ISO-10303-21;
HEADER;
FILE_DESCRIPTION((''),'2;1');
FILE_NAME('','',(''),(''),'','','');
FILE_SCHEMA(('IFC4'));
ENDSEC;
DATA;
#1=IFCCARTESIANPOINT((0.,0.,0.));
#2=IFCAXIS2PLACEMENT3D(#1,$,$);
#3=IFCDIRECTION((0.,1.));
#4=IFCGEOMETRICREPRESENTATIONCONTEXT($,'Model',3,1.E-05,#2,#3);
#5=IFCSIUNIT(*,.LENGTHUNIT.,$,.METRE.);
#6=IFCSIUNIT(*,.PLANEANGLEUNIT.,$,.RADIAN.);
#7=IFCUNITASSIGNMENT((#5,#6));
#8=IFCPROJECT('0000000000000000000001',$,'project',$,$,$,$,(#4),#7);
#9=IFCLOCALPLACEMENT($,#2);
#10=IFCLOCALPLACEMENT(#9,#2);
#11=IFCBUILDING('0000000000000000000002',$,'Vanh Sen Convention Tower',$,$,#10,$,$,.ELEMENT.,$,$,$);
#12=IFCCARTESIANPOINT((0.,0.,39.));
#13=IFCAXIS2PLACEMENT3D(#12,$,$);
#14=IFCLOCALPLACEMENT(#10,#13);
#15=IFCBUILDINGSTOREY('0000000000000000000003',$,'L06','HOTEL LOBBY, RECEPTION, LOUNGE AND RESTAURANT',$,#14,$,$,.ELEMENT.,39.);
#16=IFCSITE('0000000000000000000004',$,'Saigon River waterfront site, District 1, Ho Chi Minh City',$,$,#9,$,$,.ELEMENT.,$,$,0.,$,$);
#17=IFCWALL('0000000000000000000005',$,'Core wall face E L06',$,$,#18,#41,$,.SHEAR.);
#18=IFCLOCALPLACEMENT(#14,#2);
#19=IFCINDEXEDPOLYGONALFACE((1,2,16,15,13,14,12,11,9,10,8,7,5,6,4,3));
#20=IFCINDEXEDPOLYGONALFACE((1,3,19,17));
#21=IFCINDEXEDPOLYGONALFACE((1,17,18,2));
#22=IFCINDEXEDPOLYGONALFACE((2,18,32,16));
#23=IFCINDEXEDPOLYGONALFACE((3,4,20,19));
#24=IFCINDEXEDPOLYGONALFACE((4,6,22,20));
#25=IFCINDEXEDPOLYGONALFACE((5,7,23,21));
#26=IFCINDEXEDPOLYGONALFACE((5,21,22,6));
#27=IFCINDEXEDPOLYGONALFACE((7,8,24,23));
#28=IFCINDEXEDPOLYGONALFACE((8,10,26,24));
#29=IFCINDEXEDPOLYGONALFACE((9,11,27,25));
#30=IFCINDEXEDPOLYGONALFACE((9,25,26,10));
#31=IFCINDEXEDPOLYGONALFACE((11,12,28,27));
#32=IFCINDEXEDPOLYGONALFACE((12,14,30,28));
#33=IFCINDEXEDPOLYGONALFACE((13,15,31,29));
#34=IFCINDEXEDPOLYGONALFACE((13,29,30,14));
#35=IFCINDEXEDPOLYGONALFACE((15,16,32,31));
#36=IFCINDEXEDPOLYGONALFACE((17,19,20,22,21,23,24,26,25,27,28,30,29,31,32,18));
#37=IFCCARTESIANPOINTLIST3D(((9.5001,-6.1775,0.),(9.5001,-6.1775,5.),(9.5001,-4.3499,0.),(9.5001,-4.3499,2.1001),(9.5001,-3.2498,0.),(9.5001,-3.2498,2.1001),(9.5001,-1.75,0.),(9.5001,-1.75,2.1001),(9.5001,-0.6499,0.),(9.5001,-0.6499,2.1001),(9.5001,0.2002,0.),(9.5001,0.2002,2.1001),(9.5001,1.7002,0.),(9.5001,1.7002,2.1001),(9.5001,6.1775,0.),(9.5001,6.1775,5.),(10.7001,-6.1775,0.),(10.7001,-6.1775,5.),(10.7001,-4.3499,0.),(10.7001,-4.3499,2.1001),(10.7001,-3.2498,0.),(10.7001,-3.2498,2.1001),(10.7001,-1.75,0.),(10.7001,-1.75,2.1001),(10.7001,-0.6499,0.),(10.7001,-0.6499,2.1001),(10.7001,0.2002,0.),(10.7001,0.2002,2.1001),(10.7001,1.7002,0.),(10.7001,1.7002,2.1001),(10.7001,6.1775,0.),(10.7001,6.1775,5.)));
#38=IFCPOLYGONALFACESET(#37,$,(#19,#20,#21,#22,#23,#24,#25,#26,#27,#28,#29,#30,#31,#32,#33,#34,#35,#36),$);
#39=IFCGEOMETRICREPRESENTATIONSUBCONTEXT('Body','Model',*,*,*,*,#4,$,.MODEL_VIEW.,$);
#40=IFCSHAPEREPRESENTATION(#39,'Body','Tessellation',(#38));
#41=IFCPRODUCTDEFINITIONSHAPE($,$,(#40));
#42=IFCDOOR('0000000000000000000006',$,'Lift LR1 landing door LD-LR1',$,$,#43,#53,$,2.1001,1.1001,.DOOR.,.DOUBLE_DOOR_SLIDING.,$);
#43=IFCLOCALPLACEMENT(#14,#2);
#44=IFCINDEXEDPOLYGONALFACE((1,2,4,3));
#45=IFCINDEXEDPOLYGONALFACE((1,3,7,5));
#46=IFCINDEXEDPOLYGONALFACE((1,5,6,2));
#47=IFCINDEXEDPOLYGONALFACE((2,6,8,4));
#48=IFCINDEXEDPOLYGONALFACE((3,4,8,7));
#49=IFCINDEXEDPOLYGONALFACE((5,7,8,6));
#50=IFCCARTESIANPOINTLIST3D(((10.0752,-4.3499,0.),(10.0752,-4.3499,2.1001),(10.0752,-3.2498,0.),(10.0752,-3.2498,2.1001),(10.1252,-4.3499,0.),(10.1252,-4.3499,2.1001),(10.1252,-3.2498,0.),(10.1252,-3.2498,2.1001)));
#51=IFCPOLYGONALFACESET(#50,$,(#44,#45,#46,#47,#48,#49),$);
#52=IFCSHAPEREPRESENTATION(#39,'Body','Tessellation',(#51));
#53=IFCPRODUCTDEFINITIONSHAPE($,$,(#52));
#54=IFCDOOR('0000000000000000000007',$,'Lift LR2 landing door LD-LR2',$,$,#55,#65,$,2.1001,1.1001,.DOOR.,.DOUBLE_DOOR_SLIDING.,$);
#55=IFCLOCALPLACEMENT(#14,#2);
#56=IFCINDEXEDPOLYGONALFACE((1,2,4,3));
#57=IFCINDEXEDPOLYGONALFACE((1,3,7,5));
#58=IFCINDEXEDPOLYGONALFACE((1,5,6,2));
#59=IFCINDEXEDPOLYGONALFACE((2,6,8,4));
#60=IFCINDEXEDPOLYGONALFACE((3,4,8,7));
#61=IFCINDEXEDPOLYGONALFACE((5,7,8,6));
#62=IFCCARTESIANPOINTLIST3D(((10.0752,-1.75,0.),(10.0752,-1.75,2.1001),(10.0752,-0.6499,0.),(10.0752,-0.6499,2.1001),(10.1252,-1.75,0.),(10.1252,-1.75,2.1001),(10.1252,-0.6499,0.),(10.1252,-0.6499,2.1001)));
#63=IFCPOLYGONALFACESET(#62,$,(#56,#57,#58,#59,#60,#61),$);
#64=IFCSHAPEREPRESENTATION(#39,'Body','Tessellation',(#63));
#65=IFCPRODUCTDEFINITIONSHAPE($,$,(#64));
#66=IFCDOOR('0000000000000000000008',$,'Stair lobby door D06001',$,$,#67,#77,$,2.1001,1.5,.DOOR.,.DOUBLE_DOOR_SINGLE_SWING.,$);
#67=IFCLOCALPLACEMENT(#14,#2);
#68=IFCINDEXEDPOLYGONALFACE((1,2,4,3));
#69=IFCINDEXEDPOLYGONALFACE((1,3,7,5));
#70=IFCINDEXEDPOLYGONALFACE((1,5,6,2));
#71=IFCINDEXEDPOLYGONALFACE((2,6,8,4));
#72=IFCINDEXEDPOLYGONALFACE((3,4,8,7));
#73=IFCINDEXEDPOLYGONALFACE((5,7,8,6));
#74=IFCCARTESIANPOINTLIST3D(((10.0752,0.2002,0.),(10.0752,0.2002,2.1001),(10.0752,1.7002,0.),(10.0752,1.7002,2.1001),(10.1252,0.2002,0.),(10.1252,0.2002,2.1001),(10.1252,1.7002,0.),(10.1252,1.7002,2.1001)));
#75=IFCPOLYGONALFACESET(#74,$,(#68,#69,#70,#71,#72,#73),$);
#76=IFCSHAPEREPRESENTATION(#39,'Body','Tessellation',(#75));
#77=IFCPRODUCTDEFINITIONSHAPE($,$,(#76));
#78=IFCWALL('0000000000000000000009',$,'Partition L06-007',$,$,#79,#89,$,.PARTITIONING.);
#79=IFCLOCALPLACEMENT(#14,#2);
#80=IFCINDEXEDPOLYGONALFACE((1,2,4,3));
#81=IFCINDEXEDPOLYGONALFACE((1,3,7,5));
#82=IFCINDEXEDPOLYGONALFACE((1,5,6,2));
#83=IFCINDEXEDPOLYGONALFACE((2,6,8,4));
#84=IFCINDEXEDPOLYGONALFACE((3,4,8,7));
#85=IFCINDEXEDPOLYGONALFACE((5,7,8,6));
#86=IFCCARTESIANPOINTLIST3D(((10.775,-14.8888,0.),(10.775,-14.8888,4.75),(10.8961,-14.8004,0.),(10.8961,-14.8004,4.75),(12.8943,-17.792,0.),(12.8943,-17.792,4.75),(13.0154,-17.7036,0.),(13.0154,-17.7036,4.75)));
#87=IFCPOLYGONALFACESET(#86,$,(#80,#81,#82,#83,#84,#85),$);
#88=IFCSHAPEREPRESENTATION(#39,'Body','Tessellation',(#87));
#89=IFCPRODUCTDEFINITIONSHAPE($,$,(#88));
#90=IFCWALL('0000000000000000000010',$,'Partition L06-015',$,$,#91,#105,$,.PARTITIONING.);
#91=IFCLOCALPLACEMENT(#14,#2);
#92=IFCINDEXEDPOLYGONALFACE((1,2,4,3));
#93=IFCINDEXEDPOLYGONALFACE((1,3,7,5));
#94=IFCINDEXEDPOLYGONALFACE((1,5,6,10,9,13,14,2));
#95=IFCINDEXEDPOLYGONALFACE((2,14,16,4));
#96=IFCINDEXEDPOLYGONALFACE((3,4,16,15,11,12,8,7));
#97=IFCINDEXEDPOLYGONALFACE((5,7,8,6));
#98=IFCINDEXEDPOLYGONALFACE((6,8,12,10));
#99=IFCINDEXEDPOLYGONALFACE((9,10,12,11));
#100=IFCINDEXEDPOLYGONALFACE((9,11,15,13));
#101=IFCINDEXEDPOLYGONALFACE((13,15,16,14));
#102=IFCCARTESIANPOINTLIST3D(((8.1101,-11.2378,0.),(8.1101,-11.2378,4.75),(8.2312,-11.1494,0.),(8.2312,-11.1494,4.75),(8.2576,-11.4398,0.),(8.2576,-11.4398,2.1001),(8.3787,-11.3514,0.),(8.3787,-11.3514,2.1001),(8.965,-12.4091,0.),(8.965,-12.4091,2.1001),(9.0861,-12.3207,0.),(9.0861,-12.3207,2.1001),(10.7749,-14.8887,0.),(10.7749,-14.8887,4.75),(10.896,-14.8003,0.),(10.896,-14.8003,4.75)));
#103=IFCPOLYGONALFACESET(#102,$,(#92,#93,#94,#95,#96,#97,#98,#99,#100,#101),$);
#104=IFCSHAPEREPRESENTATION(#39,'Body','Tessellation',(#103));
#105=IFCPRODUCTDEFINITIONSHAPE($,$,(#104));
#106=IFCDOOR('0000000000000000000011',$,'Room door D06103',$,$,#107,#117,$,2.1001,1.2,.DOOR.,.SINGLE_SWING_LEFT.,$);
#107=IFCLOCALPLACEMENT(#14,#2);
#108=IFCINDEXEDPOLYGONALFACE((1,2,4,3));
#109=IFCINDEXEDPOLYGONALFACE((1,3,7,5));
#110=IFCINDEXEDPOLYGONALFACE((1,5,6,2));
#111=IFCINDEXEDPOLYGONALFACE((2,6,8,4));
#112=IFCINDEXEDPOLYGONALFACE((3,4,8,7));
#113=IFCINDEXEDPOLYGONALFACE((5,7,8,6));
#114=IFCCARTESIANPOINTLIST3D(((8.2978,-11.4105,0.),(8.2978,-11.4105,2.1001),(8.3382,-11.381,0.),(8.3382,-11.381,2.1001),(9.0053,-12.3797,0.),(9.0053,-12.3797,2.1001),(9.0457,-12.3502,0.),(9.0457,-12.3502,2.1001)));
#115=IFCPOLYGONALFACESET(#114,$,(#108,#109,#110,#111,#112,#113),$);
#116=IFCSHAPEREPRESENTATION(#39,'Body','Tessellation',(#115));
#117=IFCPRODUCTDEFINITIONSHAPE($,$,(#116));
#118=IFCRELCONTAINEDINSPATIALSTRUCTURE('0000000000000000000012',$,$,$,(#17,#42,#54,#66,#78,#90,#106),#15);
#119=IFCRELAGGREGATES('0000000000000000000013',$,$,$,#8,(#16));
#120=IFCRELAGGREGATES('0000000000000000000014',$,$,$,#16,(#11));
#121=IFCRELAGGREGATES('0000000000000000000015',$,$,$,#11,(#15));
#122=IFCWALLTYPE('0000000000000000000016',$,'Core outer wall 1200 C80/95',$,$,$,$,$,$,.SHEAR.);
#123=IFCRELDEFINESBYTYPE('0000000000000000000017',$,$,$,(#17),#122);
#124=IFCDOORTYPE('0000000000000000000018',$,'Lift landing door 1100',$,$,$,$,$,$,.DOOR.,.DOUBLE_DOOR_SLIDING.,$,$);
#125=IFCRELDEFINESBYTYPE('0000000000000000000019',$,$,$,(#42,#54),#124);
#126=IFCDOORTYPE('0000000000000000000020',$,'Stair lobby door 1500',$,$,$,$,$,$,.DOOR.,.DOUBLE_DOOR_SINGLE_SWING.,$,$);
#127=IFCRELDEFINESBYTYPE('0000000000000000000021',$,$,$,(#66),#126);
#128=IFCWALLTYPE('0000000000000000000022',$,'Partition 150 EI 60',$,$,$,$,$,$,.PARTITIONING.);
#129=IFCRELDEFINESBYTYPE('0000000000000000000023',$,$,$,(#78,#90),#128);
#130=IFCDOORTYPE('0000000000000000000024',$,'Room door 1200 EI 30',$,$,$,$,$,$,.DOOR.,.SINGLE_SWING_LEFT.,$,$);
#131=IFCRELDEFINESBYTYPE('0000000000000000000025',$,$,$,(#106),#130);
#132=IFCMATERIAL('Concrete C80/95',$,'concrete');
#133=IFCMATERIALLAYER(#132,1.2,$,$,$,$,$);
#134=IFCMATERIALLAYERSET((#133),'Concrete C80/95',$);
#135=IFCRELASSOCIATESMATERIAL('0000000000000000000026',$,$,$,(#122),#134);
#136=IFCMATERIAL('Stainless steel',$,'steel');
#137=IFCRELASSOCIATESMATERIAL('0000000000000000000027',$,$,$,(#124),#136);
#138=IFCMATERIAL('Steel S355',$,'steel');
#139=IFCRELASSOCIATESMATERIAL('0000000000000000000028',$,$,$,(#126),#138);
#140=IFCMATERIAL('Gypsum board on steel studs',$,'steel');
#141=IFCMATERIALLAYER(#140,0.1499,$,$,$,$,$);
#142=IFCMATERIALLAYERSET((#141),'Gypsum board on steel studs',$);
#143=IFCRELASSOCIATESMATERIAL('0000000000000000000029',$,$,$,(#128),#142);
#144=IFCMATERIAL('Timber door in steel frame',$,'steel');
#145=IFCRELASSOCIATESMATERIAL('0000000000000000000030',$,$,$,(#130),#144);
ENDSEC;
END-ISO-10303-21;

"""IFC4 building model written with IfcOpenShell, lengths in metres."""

from ifc_helpers import new_model, si_unit, direction, frame, frame_2d, origin, place, context, subcontext, project, spatial, rectangle, extrude, material, layer, layer_set, type_object, element, fill, save


model = new_model("IFC4")

# Units and contexts
model_context = context("Model", 3, precision=1e-05, world=origin(), true_north=direction((0.0, 1.0)))
body_context = subcontext(model_context, "Body", "Model", "MODEL_VIEW")
ifc_project = project(units=[si_unit("LENGTHUNIT", "METRE"), si_unit("PLANEANGLEUNIT", "RADIAN")], contexts=[model_context])

# Site, building, storey
site_placement = place(None, origin())
site = spatial("IfcSite", under=ifc_project, at=site_placement, Name="Saigon River waterfront site, District 1, Ho Chi Minh City", CompositionType="ELEMENT", RefElevation=0.0)
building_placement = place(site_placement, origin())
building = spatial("IfcBuilding", under=site, at=building_placement, Name="Vanh Sen Convention Tower", CompositionType="ELEMENT")
storey_placement = place(building_placement, frame((0.0, 0.0, 39.0)))
storey = spatial("IfcBuildingStorey", under=building, at=storey_placement, Name="L06", Description="HOTEL LOBBY, RECEPTION, LOUNGE AND RESTAURANT", CompositionType="ELEMENT", Elevation=39.0)

# Shared definitions
ifc_material_1 = material(Name="Concrete C80/95", Category="concrete")

# Wall, openings, doors
ifc_layer_1 = layer(ifc_material_1, 1.2)
ifc_layer_set_1 = layer_set([ifc_layer_1], Name="Concrete C80/95")
wall_type_1 = type_object("IfcWallType", Name="Core outer wall 1200 C80/95", PredefinedType="SHEAR", material=ifc_layer_set_1)
wall_1_placement = place(storey_placement, frame((10.1001, -6.1775, 0.0), z_axis=(0.0, 0.0, 1.0), x_axis=(0.0, 1.0, 0.0)))
wall_1 = element("IfcWall", 1, at=wall_1_placement, inside=storey, type_object=wall_type_1, Name="Core wall face E L06", PredefinedType="SHEAR", context=body_context, shape_type="SweptSolid", body=[
    extrude(rectangle(XDim=12.355, YDim=1.2, at=frame_2d((6.1775, 0.0))), origin(), (0.0, 0.0, 1.0), 5.0),
])
opening_1_placement = place(wall_1_placement, frame((6.3777, 0.0, 0.0)))
opening_1 = element("IfcOpeningElement", 2, at=opening_1_placement, cuts=wall_1, PredefinedType="OPENING", context=body_context, shape_type="SweptSolid", body=[
    extrude(rectangle(XDim=1.5, YDim=2.1001, at=frame_2d((0.75, 1.05))), frame((0.0, 0.6099, 0.0), z_axis=(0.0, -1.0, 0.0), x_axis=(1.0, 0.0, 0.0)), (0.0, 0.0, 1.0), 1.22),
])
opening_2_placement = place(wall_1_placement, frame((1.8276, 0.0, 0.0)))
opening_2 = element("IfcOpeningElement", 3, at=opening_2_placement, cuts=wall_1, PredefinedType="OPENING", context=body_context, shape_type="SweptSolid", body=[
    extrude(rectangle(XDim=1.1001, YDim=2.1001, at=frame_2d((0.55, 1.05))), frame((0.0, 0.6099, 0.0), z_axis=(0.0, -1.0, 0.0), x_axis=(1.0, 0.0, 0.0)), (0.0, 0.0, 1.0), 1.22),
])
opening_3_placement = place(wall_1_placement, frame((4.4275, 0.0, 0.0)))
opening_3 = element("IfcOpeningElement", 4, at=opening_3_placement, cuts=wall_1, PredefinedType="OPENING", context=body_context, shape_type="SweptSolid", body=[
    extrude(rectangle(XDim=1.1001, YDim=2.1001, at=frame_2d((0.55, 1.05))), frame((0.0, 0.6099, 0.0), z_axis=(0.0, -1.0, 0.0), x_axis=(1.0, 0.0, 0.0)), (0.0, 0.0, 1.0), 1.22),
])
ifc_material_2 = material(Name="Stainless steel", Category="steel")
door_type_1 = type_object("IfcDoorType", Name="Lift landing door 1100", OperationType="DOUBLE_DOOR_SLIDING", PredefinedType="DOOR", material=ifc_material_2)
door_1_placement = place(opening_2_placement, origin())
door_1 = element("IfcDoor", 5, at=door_1_placement, inside=storey, type_object=door_type_1, Name="Lift LR1 landing door LD-LR1", OperationType="DOUBLE_DOOR_SLIDING", OverallHeight=2.1001, OverallWidth=1.1001, PredefinedType="DOOR", context=body_context, shape_type="SweptSolid", body=[
    extrude(rectangle(XDim=1.1001, YDim=2.1001, at=frame_2d((0.55, 1.05))), frame((0.0, 0.0249, 0.0), z_axis=(0.0, -1.0, 0.0), x_axis=(1.0, 0.0, 0.0)), (0.0, 0.0, 1.0), 0.05),
])
fill(opening_2, door_1)
door_2_placement = place(opening_3_placement, origin())
door_2 = element("IfcDoor", 6, at=door_2_placement, inside=storey, type_object=door_type_1, Name="Lift LR2 landing door LD-LR2", OperationType="DOUBLE_DOOR_SLIDING", OverallHeight=2.1001, OverallWidth=1.1001, PredefinedType="DOOR", context=body_context, shape_type="SweptSolid", body=[
    extrude(rectangle(XDim=1.1001, YDim=2.1001, at=frame_2d((0.55, 1.05))), frame((0.0, 0.0249, 0.0), z_axis=(0.0, -1.0, 0.0), x_axis=(1.0, 0.0, 0.0)), (0.0, 0.0, 1.0), 0.05),
])
fill(opening_3, door_2)
ifc_material_3 = material(Name="Steel S355", Category="steel")
door_type_2 = type_object("IfcDoorType", Name="Stair lobby door 1500", OperationType="DOUBLE_DOOR_SINGLE_SWING", PredefinedType="DOOR", material=ifc_material_3)
door_3_placement = place(opening_1_placement, origin())
door_3 = element("IfcDoor", 7, at=door_3_placement, inside=storey, type_object=door_type_2, Name="Stair lobby door D06001", OperationType="DOUBLE_DOOR_SINGLE_SWING", OverallHeight=2.1001, OverallWidth=1.5, PredefinedType="DOOR", context=body_context, shape_type="SweptSolid", body=[
    extrude(rectangle(XDim=1.5, YDim=2.1001, at=frame_2d((0.75, 1.05))), frame((0.0, 0.0249, 0.0), z_axis=(0.0, -1.0, 0.0), x_axis=(1.0, 0.0, 0.0)), (0.0, 0.0, 1.0), 0.05),
])
fill(opening_1, door_3)

# Wall
ifc_material_4 = material(Name="Gypsum board on steel studs", Category="steel")
ifc_layer_2 = layer(ifc_material_4, 0.1499)
ifc_layer_set_2 = layer_set([ifc_layer_2], Name="Gypsum board on steel studs")
wall_type_2 = type_object("IfcWallType", Name="Partition 150 EI 60", PredefinedType="PARTITIONING", material=ifc_layer_set_2)
wall_2_placement = place(storey_placement, frame((10.8354, -14.8445, 0.0), z_axis=(0.0, 0.0, 1.0), x_axis=(0.589604, -0.807692, 0.0)))
element("IfcWall", 8, at=wall_2_placement, inside=storey, type_object=wall_type_2, Name="Partition L06-007", PredefinedType="PARTITIONING", context=body_context, shape_type="SweptSolid", body=[
    extrude(rectangle(XDim=3.5945, YDim=0.1499, at=frame_2d((1.7974, 0.0))), origin(), (0.0, 0.0, 1.0), 4.75),
])

# Wall, opening, door
wall_3_placement = place(storey_placement, frame((8.1707, -11.1936, 0.0), z_axis=(0.0, 0.0, 1.0), x_axis=(0.589561, -0.807724, 0.0)))
wall_3 = element("IfcWall", 9, at=wall_3_placement, inside=storey, type_object=wall_type_2, Name="Partition L06-015", PredefinedType="PARTITIONING", context=body_context, shape_type="SweptSolid", body=[
    extrude(rectangle(XDim=4.52, YDim=0.1499, at=frame_2d((2.26, 0.0))), origin(), (0.0, 0.0, 1.0), 4.75),
])
opening_4_placement = place(wall_3_placement, frame((0.25, 0.0, 0.0)))
opening_4 = element("IfcOpeningElement", 10, at=opening_4_placement, cuts=wall_3, PredefinedType="OPENING", context=body_context, shape_type="SweptSolid", body=[
    extrude(rectangle(XDim=1.2, YDim=2.1001, at=frame_2d((0.6001, 1.05))), frame((0.0, 0.085, 0.0), z_axis=(0.0, -1.0, 0.0), x_axis=(1.0, 0.0, 0.0)), (0.0, 0.0, 1.0), 0.1699),
])
ifc_material_5 = material(Name="Timber door in steel frame", Category="steel")
door_type_3 = type_object("IfcDoorType", Name="Room door 1200 EI 30", OperationType="SINGLE_SWING_LEFT", PredefinedType="DOOR", material=ifc_material_5)
door_4_placement = place(opening_4_placement, origin())
door_4 = element("IfcDoor", 11, at=door_4_placement, inside=storey, type_object=door_type_3, Name="Room door D06103", OperationType="SINGLE_SWING_LEFT", OverallHeight=2.1001, OverallWidth=1.2, PredefinedType="DOOR", context=body_context, shape_type="SweptSolid", body=[
    extrude(rectangle(XDim=1.2, YDim=2.1001, at=frame_2d((0.6001, 1.05))), frame((0.0, 0.0249, 0.0), z_axis=(0.0, -1.0, 0.0), x_axis=(1.0, 0.0, 0.0)), (0.0, 0.0, 1.0), 0.05),
])
fill(opening_4, door_4)

save(model, "model.ifc")
